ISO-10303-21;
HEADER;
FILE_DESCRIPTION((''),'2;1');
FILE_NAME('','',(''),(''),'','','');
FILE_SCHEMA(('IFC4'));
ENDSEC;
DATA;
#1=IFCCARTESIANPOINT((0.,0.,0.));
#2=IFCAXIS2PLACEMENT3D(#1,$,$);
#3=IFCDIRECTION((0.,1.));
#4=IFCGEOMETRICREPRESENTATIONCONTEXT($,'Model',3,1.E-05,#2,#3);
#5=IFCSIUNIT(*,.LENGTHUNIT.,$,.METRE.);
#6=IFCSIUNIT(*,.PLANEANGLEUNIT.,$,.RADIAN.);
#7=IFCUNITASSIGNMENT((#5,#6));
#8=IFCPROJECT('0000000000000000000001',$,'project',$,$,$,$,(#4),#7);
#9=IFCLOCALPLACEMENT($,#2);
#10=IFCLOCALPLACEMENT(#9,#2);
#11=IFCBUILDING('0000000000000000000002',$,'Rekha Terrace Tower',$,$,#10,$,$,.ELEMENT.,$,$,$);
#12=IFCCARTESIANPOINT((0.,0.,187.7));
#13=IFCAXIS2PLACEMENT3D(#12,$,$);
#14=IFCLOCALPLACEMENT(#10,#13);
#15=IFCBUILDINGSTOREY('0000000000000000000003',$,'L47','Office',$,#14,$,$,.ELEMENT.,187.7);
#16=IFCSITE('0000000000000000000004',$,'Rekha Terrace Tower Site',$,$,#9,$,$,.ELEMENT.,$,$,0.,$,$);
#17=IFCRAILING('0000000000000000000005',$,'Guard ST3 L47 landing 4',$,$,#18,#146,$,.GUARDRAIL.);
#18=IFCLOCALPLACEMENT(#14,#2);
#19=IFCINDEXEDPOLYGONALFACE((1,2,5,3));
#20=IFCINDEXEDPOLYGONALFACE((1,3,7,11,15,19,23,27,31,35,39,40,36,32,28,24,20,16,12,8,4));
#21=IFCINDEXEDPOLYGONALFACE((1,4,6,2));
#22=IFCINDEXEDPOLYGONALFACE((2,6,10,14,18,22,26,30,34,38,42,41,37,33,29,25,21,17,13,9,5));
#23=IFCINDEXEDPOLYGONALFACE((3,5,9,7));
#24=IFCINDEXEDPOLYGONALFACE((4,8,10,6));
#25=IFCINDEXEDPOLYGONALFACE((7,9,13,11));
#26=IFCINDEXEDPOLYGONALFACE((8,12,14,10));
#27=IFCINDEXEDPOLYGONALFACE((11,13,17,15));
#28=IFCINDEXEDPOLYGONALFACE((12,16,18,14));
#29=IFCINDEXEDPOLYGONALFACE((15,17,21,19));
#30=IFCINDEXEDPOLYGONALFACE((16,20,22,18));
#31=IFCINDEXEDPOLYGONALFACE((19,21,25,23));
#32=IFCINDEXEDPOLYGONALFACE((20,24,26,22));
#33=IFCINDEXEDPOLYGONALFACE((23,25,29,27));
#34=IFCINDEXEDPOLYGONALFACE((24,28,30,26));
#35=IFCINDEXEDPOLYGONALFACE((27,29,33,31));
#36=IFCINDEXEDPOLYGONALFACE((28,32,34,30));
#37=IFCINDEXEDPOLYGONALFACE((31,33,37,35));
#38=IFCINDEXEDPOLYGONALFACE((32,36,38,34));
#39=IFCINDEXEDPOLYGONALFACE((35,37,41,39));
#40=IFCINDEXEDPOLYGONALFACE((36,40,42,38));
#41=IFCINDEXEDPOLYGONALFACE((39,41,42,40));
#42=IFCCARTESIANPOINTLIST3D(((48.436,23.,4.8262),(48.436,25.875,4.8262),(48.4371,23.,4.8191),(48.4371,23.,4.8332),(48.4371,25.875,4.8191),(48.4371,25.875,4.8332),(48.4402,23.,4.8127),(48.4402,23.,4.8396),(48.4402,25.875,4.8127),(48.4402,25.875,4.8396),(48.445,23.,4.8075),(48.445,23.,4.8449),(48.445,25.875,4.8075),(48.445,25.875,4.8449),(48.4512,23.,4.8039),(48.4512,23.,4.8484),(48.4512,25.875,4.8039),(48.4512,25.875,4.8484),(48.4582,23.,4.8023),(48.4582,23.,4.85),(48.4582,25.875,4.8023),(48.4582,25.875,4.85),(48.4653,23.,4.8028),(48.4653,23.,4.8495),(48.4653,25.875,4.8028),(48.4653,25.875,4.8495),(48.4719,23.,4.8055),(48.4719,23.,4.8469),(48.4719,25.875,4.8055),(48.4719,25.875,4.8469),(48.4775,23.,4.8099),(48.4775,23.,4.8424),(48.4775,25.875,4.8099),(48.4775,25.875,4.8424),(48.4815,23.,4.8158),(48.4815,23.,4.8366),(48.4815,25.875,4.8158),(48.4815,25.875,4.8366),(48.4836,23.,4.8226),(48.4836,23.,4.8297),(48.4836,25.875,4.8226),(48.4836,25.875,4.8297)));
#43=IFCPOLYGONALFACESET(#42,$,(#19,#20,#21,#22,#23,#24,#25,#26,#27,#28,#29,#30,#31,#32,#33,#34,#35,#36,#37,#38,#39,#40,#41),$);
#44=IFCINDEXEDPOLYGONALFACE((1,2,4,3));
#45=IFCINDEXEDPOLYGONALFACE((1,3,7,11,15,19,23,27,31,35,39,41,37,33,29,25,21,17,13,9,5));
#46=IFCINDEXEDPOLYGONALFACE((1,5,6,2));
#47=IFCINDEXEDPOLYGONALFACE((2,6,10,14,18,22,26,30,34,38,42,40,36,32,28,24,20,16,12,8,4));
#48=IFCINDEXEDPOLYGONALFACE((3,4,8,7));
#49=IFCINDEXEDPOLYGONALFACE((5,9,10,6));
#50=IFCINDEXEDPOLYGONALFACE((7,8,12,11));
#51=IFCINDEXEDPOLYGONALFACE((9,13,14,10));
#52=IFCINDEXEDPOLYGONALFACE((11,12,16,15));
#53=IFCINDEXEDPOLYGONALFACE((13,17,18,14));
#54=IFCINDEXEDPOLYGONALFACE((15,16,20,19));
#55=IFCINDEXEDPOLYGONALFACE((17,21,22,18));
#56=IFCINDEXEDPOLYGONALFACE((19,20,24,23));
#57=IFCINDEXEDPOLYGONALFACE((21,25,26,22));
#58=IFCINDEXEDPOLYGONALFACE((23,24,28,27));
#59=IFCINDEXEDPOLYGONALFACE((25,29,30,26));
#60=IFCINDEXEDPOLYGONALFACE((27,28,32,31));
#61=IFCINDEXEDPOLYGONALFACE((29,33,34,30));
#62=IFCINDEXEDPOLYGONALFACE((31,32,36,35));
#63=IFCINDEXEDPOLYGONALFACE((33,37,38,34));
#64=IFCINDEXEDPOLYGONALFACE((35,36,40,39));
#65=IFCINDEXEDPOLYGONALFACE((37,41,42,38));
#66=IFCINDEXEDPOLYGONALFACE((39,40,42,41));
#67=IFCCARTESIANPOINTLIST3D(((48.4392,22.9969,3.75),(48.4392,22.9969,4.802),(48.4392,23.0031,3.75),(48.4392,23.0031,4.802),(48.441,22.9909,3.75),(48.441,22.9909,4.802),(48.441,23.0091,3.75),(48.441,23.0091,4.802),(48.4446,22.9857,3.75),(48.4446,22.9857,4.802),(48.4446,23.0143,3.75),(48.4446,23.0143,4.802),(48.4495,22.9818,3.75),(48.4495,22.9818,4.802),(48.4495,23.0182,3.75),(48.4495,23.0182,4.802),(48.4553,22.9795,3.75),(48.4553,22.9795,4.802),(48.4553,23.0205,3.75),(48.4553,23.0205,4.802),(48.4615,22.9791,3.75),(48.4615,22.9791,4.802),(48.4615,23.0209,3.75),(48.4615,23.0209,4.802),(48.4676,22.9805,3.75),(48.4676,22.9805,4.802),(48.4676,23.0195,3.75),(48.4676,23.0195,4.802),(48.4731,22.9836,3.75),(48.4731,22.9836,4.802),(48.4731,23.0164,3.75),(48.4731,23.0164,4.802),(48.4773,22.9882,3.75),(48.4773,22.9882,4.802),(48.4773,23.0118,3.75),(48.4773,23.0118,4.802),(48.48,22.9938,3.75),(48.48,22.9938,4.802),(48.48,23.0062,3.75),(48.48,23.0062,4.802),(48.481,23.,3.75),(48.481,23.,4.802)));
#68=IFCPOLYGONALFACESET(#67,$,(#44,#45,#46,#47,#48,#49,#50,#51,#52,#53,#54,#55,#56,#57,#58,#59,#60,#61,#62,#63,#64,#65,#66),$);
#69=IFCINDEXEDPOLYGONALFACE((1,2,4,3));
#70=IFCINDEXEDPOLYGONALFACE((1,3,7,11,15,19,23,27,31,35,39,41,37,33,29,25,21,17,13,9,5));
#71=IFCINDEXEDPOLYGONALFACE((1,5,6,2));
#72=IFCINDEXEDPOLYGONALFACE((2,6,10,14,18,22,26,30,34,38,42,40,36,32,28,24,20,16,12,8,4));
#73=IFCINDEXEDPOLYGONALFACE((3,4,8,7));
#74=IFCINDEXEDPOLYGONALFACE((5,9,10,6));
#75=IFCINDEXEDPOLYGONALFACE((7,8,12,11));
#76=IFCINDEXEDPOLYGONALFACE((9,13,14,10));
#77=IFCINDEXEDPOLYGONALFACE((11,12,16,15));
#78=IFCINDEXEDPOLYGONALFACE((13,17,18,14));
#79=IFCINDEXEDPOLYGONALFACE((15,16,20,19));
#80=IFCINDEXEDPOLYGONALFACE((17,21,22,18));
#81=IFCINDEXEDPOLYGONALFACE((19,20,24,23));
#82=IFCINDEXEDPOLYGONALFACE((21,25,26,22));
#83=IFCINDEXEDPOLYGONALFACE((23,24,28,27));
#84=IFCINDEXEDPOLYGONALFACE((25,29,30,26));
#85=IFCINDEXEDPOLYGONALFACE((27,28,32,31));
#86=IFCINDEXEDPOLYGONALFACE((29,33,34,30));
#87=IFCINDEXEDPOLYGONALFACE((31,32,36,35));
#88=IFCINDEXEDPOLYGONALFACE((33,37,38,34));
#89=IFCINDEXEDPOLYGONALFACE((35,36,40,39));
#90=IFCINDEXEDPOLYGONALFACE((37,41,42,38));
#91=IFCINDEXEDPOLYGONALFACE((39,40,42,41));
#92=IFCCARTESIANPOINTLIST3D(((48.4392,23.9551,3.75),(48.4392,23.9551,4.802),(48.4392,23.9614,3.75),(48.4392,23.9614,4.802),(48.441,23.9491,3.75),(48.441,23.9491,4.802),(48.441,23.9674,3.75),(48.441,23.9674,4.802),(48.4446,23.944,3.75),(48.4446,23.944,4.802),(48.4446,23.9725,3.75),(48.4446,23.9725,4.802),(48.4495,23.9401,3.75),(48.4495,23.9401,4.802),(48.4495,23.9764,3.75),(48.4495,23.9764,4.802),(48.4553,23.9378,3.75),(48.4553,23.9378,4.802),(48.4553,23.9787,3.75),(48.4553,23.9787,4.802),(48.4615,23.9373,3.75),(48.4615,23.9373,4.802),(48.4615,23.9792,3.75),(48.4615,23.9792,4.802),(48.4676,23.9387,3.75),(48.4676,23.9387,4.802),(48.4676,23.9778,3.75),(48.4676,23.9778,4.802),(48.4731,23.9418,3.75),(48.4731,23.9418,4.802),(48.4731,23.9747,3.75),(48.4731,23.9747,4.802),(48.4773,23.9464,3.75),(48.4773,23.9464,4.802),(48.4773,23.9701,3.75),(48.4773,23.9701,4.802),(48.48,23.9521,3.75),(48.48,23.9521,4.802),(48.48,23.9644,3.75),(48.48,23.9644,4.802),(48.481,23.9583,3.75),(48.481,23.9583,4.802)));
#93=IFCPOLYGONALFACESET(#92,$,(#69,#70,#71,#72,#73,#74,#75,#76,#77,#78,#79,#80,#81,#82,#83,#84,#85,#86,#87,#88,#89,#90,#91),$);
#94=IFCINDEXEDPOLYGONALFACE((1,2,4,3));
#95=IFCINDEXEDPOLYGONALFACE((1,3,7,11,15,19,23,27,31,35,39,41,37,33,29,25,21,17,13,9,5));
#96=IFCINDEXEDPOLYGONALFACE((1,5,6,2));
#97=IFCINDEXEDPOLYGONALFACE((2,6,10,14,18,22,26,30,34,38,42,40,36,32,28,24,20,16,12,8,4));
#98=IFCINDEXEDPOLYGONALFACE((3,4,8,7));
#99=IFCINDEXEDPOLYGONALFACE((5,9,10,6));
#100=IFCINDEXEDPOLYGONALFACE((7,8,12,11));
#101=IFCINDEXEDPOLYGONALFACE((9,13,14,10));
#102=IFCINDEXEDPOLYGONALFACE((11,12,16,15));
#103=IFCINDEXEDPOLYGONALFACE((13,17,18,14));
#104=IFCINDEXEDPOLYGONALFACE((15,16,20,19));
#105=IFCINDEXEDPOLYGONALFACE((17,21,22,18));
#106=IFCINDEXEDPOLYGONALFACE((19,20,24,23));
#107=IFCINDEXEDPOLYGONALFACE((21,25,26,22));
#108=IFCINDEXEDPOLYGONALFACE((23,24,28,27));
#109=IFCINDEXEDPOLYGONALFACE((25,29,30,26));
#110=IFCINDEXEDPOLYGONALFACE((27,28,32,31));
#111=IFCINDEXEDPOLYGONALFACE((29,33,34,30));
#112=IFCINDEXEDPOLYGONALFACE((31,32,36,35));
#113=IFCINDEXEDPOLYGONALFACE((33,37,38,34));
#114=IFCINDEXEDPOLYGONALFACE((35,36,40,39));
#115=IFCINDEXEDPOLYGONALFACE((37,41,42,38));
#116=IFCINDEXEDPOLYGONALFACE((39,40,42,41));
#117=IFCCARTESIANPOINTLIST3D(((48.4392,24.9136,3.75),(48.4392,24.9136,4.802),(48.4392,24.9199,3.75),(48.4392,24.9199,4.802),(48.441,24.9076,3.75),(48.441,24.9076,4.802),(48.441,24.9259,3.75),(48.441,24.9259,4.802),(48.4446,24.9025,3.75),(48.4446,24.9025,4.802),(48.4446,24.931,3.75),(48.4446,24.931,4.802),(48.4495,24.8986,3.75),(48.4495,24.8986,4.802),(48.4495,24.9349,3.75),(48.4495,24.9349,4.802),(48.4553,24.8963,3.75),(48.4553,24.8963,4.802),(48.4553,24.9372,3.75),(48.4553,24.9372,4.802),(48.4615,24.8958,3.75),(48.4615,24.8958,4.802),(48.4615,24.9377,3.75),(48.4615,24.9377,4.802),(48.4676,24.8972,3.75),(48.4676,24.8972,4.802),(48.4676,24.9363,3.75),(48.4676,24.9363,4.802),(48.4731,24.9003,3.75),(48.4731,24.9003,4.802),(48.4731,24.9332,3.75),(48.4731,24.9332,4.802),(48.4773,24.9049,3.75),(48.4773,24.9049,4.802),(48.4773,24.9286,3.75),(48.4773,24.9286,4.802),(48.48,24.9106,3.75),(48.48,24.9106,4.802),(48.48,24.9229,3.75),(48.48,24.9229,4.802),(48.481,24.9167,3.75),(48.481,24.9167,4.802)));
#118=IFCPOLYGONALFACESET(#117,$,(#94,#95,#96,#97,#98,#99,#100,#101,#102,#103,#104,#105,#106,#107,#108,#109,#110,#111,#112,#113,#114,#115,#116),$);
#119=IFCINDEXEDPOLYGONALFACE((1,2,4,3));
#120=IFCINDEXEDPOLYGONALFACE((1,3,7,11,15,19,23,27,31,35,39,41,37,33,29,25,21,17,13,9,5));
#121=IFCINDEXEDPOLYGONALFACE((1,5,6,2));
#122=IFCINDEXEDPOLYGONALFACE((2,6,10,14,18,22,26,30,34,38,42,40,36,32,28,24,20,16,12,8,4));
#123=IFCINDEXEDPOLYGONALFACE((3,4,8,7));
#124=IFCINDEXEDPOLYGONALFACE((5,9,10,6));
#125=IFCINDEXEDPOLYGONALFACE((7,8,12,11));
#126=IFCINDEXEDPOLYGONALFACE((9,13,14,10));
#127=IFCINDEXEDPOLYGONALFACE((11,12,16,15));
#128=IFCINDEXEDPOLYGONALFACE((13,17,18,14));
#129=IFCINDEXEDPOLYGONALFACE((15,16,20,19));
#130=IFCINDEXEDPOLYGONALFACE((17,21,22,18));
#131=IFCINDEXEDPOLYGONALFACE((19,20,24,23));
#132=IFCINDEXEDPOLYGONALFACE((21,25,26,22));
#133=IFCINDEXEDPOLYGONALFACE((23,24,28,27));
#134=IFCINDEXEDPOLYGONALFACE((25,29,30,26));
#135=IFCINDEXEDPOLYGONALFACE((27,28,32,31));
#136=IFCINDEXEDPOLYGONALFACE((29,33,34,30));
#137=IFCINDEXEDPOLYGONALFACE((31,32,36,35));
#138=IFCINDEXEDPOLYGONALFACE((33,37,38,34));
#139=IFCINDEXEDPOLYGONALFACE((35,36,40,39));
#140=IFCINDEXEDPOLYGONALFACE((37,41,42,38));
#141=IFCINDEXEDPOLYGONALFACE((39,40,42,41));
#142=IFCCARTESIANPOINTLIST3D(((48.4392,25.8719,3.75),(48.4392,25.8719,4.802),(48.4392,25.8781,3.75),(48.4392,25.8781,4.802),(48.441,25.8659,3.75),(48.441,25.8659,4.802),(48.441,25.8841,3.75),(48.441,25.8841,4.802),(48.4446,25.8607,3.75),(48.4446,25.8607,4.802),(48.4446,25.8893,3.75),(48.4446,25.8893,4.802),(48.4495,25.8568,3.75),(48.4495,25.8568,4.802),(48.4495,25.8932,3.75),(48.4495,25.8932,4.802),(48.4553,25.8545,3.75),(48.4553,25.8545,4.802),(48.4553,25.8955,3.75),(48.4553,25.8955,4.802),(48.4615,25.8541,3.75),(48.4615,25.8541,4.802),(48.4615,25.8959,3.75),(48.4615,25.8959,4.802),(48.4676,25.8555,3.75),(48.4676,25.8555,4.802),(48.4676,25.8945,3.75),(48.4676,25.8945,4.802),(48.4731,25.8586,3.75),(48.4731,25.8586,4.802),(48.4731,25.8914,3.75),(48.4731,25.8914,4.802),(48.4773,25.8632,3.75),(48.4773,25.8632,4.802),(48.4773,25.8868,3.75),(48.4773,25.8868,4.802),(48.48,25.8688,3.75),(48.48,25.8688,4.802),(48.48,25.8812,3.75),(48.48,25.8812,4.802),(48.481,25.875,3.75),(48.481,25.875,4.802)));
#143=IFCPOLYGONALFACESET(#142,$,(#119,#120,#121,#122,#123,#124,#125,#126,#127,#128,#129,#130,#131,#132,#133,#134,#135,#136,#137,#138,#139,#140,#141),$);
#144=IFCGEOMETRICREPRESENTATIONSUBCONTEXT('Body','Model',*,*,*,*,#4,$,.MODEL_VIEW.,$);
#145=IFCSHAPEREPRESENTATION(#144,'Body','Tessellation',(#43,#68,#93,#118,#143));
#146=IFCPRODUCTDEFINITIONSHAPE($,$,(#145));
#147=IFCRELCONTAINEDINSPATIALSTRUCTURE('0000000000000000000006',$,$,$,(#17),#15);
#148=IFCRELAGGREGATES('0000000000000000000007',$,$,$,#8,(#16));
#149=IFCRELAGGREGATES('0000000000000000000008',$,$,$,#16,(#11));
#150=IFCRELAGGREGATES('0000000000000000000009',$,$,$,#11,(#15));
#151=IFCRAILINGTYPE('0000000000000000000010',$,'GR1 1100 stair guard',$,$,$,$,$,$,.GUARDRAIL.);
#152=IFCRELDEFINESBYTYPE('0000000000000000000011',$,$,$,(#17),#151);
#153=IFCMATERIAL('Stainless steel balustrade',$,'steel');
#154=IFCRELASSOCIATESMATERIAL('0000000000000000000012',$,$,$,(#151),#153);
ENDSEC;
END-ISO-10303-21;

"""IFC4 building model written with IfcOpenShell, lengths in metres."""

from ifc_helpers import new_model, si_unit, direction, frame, origin, origin_2d, place, context, subcontext, project, spatial, circle, extrude, material, type_object, element, save


model = new_model("IFC4")

# Units and contexts
model_context = context("Model", 3, precision=1e-05, world=origin(), true_north=direction((0.0, 1.0)))
body_context = subcontext(model_context, "Body", "Model", "MODEL_VIEW")
ifc_project = project(units=[si_unit("LENGTHUNIT", "METRE"), si_unit("PLANEANGLEUNIT", "RADIAN")], contexts=[model_context])

# Site, building, storey
site_placement = place(None, origin())
site = spatial("IfcSite", under=ifc_project, at=site_placement, Name="Rekha Terrace Tower Site", CompositionType="ELEMENT", RefElevation=0.0)
building_placement = place(site_placement, origin())
building = spatial("IfcBuilding", under=site, at=building_placement, Name="Rekha Terrace Tower", CompositionType="ELEMENT")
storey_placement = place(building_placement, frame((0.0, 0.0, 187.7)))
storey = spatial("IfcBuildingStorey", under=building, at=storey_placement, Name="L47", Description="Office", CompositionType="ELEMENT", Elevation=187.7)

# Railing
ifc_material_1 = material(Name="Stainless steel balustrade", Category="steel")
railing_type_1 = type_object("IfcRailingType", Name="GR1 1100 stair guard", PredefinedType="GUARDRAIL", material=ifc_material_1)
railing_1_placement = place(storey_placement, frame((48.46, 23.0, 3.75)))
element("IfcRailing", 1, at=railing_1_placement, inside=storey, type_object=railing_type_1, Name="Guard ST3 L47 landing 4", PredefinedType="GUARDRAIL", context=body_context, shape_type="SweptSolid", body=[
    extrude(circle(Radius=0.0239, at=origin_2d()), frame((0.0, 0.0, 1.0762), z_axis=(0.0, 1.0, 0.0), x_axis=(-1.0, 0.0, 0.0)), (0.0, 0.0, 1.0), 2.875),
    extrude(circle(Radius=0.021, at=origin_2d()), origin(), (0.0, 0.0, 1.0), 1.052),
    extrude(circle(Radius=0.021, at=origin_2d()), frame((0.0, 0.9583, 0.0)), (0.0, 0.0, 1.0), 1.052),
    extrude(circle(Radius=0.021, at=origin_2d()), frame((0.0, 1.9167, 0.0)), (0.0, 0.0, 1.0), 1.052),
    extrude(circle(Radius=0.021, at=origin_2d()), frame((0.0, 2.875, 0.0)), (0.0, 0.0, 1.0), 1.052),
])

save(model, "model.ifc")
